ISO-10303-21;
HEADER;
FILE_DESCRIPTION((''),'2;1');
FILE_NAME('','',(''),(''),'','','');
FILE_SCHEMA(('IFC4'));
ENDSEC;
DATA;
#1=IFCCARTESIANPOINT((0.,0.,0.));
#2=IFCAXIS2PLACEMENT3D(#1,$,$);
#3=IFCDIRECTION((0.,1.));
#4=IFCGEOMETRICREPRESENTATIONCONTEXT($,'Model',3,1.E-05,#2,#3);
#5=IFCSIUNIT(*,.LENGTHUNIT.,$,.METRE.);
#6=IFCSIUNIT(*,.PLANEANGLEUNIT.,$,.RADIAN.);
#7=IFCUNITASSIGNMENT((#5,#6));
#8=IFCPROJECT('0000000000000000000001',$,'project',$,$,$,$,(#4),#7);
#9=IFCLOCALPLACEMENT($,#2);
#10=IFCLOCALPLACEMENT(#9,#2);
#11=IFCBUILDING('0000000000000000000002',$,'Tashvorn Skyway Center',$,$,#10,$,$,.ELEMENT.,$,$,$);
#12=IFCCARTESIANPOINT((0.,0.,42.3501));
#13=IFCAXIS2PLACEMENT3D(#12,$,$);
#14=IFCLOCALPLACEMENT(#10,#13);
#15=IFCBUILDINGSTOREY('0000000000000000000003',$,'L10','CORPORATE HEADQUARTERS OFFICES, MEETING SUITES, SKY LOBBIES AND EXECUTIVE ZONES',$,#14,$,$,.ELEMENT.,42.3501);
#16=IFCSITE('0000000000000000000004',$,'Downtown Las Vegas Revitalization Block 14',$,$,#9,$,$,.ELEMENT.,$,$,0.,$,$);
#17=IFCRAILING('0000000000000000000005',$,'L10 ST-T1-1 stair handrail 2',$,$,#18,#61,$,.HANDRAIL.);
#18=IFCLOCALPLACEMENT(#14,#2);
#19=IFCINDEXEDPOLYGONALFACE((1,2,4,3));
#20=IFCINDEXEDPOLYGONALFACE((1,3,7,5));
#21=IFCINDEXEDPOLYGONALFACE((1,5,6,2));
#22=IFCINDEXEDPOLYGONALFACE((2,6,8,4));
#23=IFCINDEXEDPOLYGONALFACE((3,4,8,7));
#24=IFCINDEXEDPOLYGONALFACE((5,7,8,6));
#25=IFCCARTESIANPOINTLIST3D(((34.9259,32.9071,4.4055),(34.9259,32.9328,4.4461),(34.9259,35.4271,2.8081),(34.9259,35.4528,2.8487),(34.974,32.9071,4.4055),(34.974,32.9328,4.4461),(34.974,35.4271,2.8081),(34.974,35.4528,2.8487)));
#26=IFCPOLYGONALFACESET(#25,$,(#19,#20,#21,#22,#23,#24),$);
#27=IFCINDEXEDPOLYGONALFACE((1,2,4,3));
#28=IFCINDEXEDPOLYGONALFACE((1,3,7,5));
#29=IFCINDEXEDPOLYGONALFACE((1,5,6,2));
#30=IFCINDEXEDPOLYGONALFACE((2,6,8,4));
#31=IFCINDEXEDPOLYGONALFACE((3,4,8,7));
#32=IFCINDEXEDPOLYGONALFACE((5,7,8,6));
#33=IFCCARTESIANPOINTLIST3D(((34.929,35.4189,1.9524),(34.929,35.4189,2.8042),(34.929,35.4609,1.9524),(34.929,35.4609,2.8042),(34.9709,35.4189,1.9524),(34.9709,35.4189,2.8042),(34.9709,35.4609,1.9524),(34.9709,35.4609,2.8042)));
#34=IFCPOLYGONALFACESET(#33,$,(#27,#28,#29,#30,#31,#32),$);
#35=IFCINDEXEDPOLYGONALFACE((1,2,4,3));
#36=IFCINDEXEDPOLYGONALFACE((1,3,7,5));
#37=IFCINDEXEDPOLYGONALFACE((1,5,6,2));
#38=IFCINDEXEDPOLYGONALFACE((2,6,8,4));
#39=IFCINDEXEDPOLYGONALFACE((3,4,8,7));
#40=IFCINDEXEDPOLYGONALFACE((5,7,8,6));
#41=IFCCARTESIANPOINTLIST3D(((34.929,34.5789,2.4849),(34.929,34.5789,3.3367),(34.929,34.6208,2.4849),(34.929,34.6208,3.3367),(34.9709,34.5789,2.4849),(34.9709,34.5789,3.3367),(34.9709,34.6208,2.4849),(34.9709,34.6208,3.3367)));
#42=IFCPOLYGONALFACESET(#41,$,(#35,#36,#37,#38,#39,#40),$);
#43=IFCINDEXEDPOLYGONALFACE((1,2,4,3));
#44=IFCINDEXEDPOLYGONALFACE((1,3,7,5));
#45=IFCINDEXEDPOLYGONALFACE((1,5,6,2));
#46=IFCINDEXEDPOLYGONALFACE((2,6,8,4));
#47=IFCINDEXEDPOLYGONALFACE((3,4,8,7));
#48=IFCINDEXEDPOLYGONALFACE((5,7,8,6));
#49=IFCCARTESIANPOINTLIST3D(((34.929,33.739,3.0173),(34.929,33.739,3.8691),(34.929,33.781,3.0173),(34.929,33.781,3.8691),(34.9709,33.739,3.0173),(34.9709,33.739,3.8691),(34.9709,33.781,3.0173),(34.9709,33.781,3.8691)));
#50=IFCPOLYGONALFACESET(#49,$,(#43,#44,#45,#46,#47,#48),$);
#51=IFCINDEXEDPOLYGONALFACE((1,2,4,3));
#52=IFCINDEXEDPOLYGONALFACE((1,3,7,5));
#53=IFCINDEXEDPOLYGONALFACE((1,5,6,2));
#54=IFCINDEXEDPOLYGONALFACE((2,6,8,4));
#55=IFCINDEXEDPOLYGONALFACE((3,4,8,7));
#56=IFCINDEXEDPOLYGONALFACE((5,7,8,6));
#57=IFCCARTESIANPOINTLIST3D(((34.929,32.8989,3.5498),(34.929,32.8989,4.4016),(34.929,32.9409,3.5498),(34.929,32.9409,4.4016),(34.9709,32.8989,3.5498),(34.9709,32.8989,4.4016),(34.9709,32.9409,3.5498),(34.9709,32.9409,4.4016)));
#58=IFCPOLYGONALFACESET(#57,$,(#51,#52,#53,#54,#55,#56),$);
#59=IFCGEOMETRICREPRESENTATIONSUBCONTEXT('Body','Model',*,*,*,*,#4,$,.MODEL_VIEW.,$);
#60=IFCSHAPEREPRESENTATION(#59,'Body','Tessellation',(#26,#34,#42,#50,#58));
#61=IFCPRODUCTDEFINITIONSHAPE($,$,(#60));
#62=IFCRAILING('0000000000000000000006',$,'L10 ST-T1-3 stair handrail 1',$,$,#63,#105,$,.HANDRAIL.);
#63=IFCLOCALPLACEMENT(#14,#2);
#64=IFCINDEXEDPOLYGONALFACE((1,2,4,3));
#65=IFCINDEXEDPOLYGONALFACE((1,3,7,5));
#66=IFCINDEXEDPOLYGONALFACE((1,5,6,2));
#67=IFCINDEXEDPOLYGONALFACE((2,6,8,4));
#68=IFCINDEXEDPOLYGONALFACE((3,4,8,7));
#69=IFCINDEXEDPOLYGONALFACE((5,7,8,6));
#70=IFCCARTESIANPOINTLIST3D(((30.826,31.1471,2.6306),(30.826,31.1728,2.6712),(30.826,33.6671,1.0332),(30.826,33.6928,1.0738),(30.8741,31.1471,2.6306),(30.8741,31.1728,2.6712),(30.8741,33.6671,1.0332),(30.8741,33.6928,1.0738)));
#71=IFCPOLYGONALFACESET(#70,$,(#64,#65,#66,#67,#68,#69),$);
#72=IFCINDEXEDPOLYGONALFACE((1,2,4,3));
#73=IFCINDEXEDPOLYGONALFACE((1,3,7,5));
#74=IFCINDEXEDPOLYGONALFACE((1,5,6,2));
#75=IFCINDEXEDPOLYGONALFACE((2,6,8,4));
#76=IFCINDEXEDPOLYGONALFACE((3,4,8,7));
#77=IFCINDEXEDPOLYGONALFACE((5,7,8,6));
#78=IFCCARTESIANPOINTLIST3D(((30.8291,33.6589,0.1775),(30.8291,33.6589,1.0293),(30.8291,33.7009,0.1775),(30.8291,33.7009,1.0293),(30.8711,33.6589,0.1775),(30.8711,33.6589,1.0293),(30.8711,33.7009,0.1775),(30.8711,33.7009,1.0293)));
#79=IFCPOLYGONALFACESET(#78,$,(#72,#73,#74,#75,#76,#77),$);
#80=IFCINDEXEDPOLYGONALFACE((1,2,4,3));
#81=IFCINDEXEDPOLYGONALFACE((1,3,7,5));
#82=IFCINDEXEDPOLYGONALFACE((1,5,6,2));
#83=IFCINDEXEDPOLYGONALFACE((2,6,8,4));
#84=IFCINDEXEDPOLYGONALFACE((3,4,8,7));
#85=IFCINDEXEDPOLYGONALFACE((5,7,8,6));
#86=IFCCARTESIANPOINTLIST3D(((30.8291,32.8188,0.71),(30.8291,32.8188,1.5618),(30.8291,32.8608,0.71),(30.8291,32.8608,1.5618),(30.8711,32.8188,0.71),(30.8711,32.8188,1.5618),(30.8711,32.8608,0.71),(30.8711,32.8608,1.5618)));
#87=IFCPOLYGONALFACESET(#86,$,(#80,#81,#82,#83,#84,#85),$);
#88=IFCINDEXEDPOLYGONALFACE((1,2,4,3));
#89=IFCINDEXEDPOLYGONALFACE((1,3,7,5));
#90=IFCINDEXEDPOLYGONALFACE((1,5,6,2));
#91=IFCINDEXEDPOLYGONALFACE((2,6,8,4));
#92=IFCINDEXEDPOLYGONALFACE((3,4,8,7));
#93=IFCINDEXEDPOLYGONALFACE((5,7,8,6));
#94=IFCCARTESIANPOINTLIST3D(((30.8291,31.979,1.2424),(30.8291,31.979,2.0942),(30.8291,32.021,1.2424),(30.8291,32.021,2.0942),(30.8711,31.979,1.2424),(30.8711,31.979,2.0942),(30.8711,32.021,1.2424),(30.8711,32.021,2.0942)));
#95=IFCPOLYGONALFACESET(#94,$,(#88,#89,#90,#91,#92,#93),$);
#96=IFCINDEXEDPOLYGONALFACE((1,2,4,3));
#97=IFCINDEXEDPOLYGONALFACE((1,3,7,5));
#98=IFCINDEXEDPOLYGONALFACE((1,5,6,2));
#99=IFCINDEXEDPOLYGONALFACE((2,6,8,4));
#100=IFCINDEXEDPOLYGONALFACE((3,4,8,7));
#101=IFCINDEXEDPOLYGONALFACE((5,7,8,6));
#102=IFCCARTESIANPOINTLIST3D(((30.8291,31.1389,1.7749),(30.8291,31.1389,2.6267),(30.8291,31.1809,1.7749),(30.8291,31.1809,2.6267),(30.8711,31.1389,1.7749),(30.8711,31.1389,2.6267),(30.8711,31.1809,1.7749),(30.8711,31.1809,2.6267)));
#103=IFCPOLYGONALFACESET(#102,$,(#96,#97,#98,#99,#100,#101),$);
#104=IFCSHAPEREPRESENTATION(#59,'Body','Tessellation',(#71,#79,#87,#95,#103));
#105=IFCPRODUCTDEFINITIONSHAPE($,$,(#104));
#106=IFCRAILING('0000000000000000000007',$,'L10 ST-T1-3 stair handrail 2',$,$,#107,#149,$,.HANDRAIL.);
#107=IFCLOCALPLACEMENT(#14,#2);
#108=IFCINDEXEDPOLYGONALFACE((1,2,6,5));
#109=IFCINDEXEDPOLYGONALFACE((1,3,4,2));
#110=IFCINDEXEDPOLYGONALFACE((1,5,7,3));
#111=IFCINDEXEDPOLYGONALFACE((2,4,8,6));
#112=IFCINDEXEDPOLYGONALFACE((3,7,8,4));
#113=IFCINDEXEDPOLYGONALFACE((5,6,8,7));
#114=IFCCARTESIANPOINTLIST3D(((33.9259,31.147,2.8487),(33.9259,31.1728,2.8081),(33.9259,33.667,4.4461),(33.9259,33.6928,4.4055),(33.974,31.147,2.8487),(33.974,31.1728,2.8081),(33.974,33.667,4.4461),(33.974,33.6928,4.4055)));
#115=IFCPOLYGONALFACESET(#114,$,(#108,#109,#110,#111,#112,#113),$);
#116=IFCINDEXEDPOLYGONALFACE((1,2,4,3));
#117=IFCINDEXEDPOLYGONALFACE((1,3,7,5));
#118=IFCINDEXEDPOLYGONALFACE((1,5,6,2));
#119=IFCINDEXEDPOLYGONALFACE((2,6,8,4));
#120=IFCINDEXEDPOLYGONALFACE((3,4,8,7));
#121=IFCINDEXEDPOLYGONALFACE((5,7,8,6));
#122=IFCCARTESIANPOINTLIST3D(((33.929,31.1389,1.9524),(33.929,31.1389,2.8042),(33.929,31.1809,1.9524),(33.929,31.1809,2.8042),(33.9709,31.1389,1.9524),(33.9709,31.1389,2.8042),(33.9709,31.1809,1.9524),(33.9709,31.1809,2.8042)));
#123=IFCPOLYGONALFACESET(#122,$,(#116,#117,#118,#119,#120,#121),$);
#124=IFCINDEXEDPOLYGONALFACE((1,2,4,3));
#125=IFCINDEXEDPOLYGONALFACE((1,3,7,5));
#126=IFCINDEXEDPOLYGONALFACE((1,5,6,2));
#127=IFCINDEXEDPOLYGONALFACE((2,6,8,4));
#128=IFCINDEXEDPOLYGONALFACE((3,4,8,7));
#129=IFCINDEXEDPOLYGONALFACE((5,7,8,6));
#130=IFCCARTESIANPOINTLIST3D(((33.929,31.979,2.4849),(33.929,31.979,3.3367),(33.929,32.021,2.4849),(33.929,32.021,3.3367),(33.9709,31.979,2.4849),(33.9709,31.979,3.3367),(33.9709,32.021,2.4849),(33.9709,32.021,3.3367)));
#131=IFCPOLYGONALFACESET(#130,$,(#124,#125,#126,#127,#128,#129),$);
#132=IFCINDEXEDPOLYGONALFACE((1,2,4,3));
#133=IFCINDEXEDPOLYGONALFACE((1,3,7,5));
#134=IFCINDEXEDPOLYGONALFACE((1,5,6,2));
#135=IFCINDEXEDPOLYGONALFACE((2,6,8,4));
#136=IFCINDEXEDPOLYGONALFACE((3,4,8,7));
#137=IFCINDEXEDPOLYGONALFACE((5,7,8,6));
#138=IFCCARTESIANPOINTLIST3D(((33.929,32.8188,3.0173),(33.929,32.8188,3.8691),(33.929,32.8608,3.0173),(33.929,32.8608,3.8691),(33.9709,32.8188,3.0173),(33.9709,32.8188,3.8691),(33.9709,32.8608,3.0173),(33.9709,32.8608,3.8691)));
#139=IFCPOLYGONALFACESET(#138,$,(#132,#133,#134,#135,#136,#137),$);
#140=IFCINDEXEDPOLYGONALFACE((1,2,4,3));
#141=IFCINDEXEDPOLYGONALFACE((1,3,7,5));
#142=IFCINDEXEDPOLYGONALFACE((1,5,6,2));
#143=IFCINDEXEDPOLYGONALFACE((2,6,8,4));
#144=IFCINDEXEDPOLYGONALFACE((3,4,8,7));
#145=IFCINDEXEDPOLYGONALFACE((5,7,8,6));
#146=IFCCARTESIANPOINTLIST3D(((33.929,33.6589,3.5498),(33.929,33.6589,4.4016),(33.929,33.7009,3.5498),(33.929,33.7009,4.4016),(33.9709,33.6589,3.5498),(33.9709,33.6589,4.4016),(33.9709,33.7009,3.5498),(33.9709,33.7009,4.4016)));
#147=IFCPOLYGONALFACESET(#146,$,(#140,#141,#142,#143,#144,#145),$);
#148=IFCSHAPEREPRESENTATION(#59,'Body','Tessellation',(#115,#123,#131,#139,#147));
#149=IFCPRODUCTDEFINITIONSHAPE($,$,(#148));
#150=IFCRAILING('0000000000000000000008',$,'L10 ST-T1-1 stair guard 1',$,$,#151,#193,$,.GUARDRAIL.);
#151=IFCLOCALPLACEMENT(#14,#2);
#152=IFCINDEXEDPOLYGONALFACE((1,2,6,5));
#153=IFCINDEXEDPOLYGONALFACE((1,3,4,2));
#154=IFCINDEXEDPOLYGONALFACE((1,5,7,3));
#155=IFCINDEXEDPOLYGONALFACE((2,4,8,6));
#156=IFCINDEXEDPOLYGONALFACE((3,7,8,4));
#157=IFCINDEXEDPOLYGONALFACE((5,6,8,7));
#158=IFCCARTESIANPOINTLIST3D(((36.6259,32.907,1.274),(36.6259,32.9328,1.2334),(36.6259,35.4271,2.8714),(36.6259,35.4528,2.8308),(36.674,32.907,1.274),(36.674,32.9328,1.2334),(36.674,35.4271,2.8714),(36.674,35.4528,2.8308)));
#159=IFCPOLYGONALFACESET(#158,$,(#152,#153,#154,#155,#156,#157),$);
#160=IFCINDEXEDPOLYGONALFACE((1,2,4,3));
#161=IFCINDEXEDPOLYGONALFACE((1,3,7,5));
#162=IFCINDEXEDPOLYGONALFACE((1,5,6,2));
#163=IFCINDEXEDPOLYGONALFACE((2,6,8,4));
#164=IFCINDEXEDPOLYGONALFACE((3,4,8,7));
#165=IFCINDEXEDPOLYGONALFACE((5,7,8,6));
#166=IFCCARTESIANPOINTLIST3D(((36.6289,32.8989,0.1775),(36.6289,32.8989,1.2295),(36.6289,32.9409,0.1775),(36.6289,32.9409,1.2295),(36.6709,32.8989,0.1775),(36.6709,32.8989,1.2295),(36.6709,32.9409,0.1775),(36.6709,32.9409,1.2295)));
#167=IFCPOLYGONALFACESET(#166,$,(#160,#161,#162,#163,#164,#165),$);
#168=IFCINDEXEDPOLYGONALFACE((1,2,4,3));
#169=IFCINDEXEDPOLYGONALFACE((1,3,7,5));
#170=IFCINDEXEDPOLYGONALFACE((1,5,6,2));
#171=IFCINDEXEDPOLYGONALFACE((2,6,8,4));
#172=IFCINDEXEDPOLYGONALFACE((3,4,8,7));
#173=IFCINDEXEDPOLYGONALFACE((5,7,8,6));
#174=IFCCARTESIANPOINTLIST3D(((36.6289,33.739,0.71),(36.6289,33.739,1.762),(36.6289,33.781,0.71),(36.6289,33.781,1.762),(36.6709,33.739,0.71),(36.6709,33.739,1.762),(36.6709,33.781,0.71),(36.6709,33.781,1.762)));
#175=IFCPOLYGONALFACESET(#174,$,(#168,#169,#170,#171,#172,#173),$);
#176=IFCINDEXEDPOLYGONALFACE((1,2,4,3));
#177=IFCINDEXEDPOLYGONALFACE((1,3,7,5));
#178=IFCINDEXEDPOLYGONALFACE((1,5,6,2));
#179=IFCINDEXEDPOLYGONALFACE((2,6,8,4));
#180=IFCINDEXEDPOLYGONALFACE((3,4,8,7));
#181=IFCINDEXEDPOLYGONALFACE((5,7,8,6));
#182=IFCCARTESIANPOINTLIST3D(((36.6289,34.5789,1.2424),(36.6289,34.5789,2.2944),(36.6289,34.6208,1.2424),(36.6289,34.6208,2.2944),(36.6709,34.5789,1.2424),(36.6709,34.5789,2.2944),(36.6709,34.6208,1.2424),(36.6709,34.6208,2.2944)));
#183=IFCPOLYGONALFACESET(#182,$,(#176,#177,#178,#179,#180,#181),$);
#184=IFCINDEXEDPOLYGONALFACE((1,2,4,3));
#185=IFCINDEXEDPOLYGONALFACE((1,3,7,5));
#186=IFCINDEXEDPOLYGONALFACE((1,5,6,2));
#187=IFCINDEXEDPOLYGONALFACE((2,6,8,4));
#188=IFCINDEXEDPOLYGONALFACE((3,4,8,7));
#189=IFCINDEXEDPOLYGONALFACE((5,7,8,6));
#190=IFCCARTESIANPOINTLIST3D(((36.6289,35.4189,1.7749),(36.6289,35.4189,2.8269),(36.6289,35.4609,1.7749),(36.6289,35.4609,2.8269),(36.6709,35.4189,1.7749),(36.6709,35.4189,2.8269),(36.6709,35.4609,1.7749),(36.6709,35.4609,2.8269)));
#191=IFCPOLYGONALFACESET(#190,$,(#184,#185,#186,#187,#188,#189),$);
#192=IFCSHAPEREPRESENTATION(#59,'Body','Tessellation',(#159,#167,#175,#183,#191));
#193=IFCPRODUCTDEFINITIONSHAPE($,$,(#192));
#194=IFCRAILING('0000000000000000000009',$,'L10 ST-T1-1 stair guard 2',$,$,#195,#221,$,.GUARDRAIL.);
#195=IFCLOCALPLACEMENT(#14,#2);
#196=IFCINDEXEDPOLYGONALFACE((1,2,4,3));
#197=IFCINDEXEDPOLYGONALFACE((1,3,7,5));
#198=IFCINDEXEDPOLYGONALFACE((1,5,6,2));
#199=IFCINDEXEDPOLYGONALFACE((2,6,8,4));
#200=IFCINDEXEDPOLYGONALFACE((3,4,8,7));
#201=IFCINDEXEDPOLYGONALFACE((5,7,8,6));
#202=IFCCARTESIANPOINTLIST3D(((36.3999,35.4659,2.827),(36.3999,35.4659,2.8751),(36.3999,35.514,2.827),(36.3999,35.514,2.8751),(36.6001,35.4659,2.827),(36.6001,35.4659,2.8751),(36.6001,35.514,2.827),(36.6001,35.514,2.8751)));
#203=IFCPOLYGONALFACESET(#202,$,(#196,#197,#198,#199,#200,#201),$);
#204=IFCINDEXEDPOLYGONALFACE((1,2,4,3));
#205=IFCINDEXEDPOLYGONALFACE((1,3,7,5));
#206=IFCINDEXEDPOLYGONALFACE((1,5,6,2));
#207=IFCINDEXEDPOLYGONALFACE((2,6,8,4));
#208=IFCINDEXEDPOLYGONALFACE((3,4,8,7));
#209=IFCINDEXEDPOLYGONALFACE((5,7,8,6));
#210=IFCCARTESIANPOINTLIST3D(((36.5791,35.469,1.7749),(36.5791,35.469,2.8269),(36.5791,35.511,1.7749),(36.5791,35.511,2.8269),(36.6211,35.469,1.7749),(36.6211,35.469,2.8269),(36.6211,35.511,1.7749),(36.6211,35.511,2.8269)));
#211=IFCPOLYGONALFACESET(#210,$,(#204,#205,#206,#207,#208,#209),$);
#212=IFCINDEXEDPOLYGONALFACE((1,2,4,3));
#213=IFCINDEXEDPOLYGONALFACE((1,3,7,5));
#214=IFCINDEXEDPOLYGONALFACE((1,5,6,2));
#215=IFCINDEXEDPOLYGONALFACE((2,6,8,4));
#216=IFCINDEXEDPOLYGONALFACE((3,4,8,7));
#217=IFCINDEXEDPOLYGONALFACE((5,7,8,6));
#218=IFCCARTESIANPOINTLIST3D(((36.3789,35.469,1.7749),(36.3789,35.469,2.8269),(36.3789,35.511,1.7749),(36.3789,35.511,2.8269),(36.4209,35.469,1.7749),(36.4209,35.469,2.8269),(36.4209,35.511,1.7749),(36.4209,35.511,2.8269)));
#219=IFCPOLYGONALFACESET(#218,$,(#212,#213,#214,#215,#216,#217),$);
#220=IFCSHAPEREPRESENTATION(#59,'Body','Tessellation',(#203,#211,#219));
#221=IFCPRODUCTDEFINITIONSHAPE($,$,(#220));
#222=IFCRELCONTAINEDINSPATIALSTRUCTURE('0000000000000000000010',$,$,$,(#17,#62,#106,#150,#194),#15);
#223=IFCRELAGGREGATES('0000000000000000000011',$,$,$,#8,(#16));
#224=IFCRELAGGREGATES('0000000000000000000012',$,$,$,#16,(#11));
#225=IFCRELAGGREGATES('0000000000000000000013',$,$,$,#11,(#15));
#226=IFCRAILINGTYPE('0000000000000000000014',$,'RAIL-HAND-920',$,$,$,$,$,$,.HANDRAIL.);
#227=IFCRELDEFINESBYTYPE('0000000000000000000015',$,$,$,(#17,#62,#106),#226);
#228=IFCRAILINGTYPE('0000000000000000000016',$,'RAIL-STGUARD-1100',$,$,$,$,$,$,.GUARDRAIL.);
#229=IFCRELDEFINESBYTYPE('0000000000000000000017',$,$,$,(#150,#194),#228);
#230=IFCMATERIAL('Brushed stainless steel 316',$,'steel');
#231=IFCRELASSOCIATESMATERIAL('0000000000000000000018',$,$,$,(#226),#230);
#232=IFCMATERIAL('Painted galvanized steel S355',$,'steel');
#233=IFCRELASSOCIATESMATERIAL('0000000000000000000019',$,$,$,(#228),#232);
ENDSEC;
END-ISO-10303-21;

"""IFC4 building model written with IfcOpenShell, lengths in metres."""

from ifc_helpers import new_model, si_unit, direction, frame, origin, origin_2d, place, context, subcontext, project, spatial, rectangle, extrude, material, type_object, element, save


model = new_model("IFC4")

# Units and contexts
model_context = context("Model", 3, precision=1e-05, world=origin(), true_north=direction((0.0, 1.0)))
body_context = subcontext(model_context, "Body", "Model", "MODEL_VIEW")
ifc_project = project(units=[si_unit("LENGTHUNIT", "METRE"), si_unit("PLANEANGLEUNIT", "RADIAN")], contexts=[model_context])

# Site, building, storey
site_placement = place(None, origin())
site = spatial("IfcSite", under=ifc_project, at=site_placement, Name="Downtown Las Vegas Revitalization Block 14", CompositionType="ELEMENT", RefElevation=0.0)
building_placement = place(site_placement, origin())
building = spatial("IfcBuilding", under=site, at=building_placement, Name="Tashvorn Skyway Center", CompositionType="ELEMENT")
storey_placement = place(building_placement, frame((0.0, 0.0, 42.3501)))
storey = spatial("IfcBuildingStorey", under=building, at=storey_placement, Name="L10", Description="CORPORATE HEADQUARTERS OFFICES, MEETING SUITES, SKY LOBBIES AND EXECUTIVE ZONES", CompositionType="ELEMENT", Elevation=42.3501)

# Railings
ifc_material_1 = material(Name="Brushed stainless steel 316", Category="steel")
railing_type_1 = type_object("IfcRailingType", Name="RAIL-HAND-920", PredefinedType="HANDRAIL", material=ifc_material_1)
for number, where, name in (
    (1, (34.95, 35.4399, 1.9524), "L10 ST-T1-1 stair handrail 2"),
    (2, (30.8501, 33.6799, 0.1775), "L10 ST-T1-3 stair handrail 1"),
):
    element("IfcRailing", number, at=place(storey_placement, frame(where)), inside=storey, type_object=railing_type_1, Name=name, PredefinedType="HANDRAIL", context=body_context, shape_type="SweptSolid", body=[
        extrude(rectangle(XDim=0.0481, YDim=0.0481, at=origin_2d()), frame((0.0, 0.0, 0.876), z_axis=(0.0, -0.844607, 0.535387), x_axis=(1.0, 0.0, 0.0)), (0.0, 0.0, 1.0), 2.9836),
        extrude(rectangle(XDim=0.042, YDim=0.042, at=origin_2d()), origin(), (0.0, 0.0, 1.0), 0.8518),
        extrude(rectangle(XDim=0.042, YDim=0.042, at=origin_2d()), frame((0.0, -0.8401, 0.5325)), (0.0, 0.0, 1.0), 0.8518),
        extrude(rectangle(XDim=0.042, YDim=0.042, at=origin_2d()), frame((0.0, -1.6799, 1.0649)), (0.0, 0.0, 1.0), 0.8518),
        extrude(rectangle(XDim=0.042, YDim=0.042, at=origin_2d()), frame((0.0, -2.52, 1.5974)), (0.0, 0.0, 1.0), 0.8518),
    ])
railing_1_placement = place(storey_placement, frame((33.95, 31.1599, 1.9524)))
element("IfcRailing", 3, at=railing_1_placement, inside=storey, type_object=railing_type_1, Name="L10 ST-T1-3 stair handrail 2", PredefinedType="HANDRAIL", context=body_context, shape_type="SweptSolid", body=[
    extrude(rectangle(XDim=0.0481, YDim=0.0481, at=origin_2d()), frame((0.0, 0.0, 0.876), z_axis=(0.0, 0.844607, 0.535387), x_axis=(-1.0, 0.0, 0.0)), (0.0, 0.0, 1.0), 2.9836),
    extrude(rectangle(XDim=0.042, YDim=0.042, at=origin_2d()), origin(), (0.0, 0.0, 1.0), 0.8518),
    extrude(rectangle(XDim=0.042, YDim=0.042, at=origin_2d()), frame((0.0, 0.8401, 0.5325)), (0.0, 0.0, 1.0), 0.8518),
    extrude(rectangle(XDim=0.042, YDim=0.042, at=origin_2d()), frame((0.0, 1.6799, 1.0649)), (0.0, 0.0, 1.0), 0.8518),
    extrude(rectangle(XDim=0.042, YDim=0.042, at=origin_2d()), frame((0.0, 2.52, 1.5974)), (0.0, 0.0, 1.0), 0.8518),
])
ifc_material_2 = material(Name="Painted galvanized steel S355", Category="steel")
railing_type_2 = type_object("IfcRailingType", Name="RAIL-STGUARD-1100", PredefinedType="GUARDRAIL", material=ifc_material_2)
railing_2_placement = place(storey_placement, frame((36.6499, 32.9199, 0.1775)))
element("IfcRailing", 4, at=railing_2_placement, inside=storey, type_object=railing_type_2, Name="L10 ST-T1-1 stair guard 1", PredefinedType="GUARDRAIL", context=body_context, shape_type="SweptSolid", body=[
    extrude(rectangle(XDim=0.0481, YDim=0.0481, at=origin_2d()), frame((0.0, 0.0, 1.0762), z_axis=(0.0, 0.844607, 0.535387), x_axis=(-1.0, 0.0, 0.0)), (0.0, 0.0, 1.0), 2.9836),
    extrude(rectangle(XDim=0.042, YDim=0.042, at=origin_2d()), origin(), (0.0, 0.0, 1.0), 1.052),
    extrude(rectangle(XDim=0.042, YDim=0.042, at=origin_2d()), frame((0.0, 0.8401, 0.5325)), (0.0, 0.0, 1.0), 1.052),
    extrude(rectangle(XDim=0.042, YDim=0.042, at=origin_2d()), frame((0.0, 1.6799, 1.0649)), (0.0, 0.0, 1.0), 1.052),
    extrude(rectangle(XDim=0.042, YDim=0.042, at=origin_2d()), frame((0.0, 2.52, 1.5974)), (0.0, 0.0, 1.0), 1.052),
])
railing_3_placement = place(storey_placement, frame((36.6001, 35.49, 1.7749)))
element("IfcRailing", 5, at=railing_3_placement, inside=storey, type_object=railing_type_2, Name="L10 ST-T1-1 stair guard 2", PredefinedType="GUARDRAIL", context=body_context, shape_type="SweptSolid", body=[
    extrude(rectangle(XDim=0.0481, YDim=0.0481, at=origin_2d()), frame((0.0, 0.0, 1.0762), z_axis=(-1.0, 0.0, 0.0), x_axis=(0.0, -1.0, 0.0)), (0.0, 0.0, 1.0), 0.2002),
    extrude(rectangle(XDim=0.042, YDim=0.042, at=origin_2d()), origin(), (0.0, 0.0, 1.0), 1.052),
    extrude(rectangle(XDim=0.042, YDim=0.042, at=origin_2d()), frame((-0.2002, 0.0, 0.0)), (0.0, 0.0, 1.0), 1.052),
])

save(model, "model.ifc")
